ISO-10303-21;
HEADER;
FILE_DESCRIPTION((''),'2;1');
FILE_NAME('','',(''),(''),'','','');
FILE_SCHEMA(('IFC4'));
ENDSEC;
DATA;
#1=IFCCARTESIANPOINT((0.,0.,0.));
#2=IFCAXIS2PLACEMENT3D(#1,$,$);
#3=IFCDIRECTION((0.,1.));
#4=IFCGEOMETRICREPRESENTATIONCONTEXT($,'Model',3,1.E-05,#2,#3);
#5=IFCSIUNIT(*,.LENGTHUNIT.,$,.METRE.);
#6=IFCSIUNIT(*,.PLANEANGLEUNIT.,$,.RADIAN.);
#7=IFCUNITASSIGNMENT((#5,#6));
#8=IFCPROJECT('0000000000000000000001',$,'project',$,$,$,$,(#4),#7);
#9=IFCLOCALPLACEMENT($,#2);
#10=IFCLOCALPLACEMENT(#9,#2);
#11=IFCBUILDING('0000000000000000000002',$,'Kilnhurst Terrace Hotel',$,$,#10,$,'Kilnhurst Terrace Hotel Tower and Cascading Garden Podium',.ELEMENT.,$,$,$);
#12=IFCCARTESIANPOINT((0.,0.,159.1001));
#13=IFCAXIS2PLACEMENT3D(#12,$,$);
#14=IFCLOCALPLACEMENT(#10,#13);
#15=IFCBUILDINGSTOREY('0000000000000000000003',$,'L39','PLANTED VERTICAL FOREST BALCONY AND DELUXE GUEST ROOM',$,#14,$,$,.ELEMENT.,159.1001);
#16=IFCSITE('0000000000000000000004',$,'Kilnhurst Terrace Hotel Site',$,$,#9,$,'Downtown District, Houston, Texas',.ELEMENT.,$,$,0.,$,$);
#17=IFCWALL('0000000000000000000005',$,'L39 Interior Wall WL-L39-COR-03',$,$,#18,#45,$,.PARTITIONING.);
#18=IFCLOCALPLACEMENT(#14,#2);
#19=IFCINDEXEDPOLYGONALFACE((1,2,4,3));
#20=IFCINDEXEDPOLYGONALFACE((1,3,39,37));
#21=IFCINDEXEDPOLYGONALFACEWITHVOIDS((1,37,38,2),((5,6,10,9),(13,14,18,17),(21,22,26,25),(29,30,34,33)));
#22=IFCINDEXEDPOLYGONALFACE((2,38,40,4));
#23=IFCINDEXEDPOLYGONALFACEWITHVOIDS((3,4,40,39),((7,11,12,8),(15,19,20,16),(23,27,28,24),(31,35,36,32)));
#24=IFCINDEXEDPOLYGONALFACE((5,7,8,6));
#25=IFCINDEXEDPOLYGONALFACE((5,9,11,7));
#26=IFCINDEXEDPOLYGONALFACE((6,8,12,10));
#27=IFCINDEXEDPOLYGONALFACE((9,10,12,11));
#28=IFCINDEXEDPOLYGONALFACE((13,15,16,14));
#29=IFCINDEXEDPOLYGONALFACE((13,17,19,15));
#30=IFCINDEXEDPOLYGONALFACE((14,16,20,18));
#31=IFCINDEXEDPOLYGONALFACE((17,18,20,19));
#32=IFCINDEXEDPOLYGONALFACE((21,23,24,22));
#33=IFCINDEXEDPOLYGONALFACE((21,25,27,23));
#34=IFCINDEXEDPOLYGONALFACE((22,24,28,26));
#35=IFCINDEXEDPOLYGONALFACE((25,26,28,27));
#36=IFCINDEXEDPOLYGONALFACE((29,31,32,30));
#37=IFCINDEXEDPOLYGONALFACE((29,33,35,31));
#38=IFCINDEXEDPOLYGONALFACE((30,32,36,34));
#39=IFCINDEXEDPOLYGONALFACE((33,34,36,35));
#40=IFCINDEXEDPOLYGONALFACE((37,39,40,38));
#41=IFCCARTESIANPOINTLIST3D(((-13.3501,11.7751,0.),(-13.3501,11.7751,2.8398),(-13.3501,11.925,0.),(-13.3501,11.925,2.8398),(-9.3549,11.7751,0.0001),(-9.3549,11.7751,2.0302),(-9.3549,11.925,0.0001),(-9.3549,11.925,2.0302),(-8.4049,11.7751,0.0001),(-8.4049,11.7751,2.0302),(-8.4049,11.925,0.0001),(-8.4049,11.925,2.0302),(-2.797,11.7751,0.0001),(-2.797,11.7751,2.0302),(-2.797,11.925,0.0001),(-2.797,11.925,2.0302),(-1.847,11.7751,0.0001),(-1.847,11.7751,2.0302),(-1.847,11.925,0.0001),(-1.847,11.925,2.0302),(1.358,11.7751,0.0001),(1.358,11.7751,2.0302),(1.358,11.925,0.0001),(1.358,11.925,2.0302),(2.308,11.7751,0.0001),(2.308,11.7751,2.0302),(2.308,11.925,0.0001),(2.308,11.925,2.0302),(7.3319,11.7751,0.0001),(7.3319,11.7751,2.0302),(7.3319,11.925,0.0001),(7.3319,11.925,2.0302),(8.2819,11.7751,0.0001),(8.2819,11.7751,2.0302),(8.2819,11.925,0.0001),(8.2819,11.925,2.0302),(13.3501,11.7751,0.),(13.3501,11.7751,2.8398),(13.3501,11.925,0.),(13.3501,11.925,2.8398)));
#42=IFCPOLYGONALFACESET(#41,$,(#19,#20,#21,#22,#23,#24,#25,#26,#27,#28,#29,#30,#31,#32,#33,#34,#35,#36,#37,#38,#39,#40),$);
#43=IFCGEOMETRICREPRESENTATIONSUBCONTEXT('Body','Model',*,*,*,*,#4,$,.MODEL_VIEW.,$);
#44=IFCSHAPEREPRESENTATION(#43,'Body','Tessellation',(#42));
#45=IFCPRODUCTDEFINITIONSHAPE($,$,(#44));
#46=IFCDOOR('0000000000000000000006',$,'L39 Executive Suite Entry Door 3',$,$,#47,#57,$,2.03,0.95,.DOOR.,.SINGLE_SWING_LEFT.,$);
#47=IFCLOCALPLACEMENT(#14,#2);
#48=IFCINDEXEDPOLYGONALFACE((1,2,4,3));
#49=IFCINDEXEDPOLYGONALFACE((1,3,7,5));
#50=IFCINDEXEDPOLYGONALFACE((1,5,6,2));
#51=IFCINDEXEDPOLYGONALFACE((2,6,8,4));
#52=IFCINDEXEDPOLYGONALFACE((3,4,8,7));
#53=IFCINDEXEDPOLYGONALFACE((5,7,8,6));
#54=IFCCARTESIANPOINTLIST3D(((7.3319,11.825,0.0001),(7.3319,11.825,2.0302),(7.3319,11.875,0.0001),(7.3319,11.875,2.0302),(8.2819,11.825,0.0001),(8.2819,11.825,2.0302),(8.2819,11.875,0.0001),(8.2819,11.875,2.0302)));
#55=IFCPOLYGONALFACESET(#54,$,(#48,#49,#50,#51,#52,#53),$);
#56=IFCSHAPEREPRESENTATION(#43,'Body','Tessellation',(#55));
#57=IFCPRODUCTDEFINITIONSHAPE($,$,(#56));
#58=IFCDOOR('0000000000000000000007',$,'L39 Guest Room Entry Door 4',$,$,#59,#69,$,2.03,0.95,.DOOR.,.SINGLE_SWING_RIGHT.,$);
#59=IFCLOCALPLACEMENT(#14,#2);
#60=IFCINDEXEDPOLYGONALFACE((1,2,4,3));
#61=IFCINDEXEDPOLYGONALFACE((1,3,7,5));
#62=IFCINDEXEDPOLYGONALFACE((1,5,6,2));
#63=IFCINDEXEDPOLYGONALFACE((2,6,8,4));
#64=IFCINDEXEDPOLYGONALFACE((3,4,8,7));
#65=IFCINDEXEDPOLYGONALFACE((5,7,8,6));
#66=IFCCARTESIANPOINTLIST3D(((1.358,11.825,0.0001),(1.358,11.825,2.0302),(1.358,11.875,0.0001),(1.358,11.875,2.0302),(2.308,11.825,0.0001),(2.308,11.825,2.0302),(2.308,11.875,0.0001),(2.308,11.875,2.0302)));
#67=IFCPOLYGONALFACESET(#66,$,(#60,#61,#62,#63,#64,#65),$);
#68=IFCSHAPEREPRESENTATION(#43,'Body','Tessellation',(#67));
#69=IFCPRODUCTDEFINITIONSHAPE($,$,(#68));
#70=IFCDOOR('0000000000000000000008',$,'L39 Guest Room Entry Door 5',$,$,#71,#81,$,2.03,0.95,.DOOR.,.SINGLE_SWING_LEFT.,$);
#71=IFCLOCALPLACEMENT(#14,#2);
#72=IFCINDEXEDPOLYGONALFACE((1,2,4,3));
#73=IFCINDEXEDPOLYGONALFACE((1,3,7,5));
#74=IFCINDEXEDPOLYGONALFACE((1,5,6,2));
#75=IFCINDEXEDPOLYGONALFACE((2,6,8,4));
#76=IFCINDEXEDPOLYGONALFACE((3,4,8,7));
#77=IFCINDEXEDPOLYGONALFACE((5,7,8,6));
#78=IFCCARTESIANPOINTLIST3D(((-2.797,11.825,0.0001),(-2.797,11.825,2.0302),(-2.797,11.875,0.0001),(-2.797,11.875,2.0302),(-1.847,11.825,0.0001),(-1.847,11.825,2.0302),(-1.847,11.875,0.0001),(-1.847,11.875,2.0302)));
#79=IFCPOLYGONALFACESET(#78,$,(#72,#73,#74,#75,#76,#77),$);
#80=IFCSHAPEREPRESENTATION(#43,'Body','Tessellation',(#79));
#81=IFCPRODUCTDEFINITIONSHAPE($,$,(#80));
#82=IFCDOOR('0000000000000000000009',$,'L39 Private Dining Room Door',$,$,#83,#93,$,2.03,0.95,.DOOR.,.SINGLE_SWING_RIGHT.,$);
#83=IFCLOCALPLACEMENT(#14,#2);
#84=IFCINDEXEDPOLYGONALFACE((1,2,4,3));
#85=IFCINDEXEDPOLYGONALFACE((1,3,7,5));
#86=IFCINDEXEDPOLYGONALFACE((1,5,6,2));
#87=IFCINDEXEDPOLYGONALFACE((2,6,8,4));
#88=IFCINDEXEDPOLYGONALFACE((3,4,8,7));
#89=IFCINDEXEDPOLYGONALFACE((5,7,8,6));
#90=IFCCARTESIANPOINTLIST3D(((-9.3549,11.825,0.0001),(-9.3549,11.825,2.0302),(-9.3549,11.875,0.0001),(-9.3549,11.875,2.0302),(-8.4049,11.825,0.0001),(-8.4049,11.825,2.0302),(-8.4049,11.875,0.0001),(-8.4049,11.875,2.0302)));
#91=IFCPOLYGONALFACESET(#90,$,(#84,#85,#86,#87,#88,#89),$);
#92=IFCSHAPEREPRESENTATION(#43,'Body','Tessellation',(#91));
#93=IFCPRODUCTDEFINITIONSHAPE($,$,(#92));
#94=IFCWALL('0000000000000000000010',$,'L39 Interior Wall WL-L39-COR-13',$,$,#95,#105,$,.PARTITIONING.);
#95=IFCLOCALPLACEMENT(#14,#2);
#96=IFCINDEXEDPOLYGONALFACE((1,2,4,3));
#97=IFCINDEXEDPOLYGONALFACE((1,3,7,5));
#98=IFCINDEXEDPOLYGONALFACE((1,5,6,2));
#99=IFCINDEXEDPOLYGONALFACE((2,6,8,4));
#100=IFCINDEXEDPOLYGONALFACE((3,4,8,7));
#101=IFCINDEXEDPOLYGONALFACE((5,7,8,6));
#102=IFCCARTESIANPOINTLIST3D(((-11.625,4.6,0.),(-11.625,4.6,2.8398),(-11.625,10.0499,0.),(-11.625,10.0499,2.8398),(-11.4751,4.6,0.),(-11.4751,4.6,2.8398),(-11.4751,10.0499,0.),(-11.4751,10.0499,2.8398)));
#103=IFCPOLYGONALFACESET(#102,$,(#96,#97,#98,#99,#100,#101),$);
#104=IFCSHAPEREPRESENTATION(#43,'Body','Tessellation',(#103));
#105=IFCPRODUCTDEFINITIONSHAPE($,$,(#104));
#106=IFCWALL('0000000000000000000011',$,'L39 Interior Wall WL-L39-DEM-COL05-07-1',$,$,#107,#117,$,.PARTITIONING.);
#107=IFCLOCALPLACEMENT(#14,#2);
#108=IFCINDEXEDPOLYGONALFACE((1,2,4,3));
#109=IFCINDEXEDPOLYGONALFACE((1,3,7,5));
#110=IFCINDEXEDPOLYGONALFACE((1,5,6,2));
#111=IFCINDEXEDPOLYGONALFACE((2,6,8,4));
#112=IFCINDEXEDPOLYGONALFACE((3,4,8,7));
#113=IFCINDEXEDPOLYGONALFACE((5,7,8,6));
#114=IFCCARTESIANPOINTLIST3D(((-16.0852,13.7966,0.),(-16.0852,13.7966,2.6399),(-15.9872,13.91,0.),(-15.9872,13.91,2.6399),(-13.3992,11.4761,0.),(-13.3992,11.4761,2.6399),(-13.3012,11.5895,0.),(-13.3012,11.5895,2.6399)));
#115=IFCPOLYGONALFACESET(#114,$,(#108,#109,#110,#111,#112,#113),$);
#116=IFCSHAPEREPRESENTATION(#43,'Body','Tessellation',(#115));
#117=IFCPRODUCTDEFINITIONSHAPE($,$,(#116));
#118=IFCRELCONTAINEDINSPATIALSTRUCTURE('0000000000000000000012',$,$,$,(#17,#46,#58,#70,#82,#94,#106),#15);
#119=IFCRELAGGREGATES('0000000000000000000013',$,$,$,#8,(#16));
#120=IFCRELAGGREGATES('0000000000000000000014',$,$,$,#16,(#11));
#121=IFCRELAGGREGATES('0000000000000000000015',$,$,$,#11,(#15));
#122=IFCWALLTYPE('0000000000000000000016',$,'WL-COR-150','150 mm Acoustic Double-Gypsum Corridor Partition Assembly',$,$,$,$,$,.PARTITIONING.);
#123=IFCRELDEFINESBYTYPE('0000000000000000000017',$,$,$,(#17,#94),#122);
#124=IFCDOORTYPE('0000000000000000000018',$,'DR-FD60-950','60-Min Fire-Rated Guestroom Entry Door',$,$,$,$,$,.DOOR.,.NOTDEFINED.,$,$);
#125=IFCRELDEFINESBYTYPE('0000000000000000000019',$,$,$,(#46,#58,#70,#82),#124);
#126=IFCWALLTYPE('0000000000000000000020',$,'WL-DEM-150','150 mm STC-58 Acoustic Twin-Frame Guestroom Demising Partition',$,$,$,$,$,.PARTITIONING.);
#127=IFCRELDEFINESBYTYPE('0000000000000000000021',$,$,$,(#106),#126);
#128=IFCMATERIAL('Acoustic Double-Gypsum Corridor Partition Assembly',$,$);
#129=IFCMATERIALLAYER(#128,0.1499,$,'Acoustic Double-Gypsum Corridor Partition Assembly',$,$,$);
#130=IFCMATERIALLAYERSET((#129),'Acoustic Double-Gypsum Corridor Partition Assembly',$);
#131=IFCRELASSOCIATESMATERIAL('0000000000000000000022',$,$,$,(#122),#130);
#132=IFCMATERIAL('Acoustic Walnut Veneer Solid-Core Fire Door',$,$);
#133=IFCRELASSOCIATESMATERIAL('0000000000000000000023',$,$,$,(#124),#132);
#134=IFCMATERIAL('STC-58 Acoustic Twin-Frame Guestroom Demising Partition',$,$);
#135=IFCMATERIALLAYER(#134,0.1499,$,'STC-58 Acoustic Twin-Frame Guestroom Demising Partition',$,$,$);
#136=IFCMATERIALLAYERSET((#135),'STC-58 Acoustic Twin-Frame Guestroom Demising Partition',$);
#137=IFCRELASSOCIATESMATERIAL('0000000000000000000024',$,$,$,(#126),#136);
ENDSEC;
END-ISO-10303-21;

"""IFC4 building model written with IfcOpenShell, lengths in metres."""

from ifc_helpers import new_model, si_unit, direction, frame, frame_2d, origin, place, context, subcontext, project, spatial, rectangle, extrude, material, layer, layer_set, type_object, element, fill, save


model = new_model("IFC4")

# Units and contexts
model_context = context("Model", 3, precision=1e-05, world=origin(), true_north=direction((0.0, 1.0)))
body_context = subcontext(model_context, "Body", "Model", "MODEL_VIEW")
ifc_project = project(units=[si_unit("LENGTHUNIT", "METRE"), si_unit("PLANEANGLEUNIT", "RADIAN")], contexts=[model_context])

# Site, building, storey
site_placement = place(None, origin())
site = spatial("IfcSite", under=ifc_project, at=site_placement, Name="Kilnhurst Terrace Hotel Site", LongName="Downtown District, Houston, Texas", CompositionType="ELEMENT", RefElevation=0.0)
building_placement = place(site_placement, origin())
building = spatial("IfcBuilding", under=site, at=building_placement, Name="Kilnhurst Terrace Hotel", LongName="Kilnhurst Terrace Hotel Tower and Cascading Garden Podium", CompositionType="ELEMENT")
storey_placement = place(building_placement, frame((0.0, 0.0, 159.1001)))
storey = spatial("IfcBuildingStorey", under=building, at=storey_placement, Name="L39", Description="PLANTED VERTICAL FOREST BALCONY AND DELUXE GUEST ROOM", CompositionType="ELEMENT", Elevation=159.1001)

# Wall, openings, doors
ifc_material_1 = material(Name="Acoustic Double-Gypsum Corridor Partition Assembly")
ifc_layer_1 = layer(ifc_material_1, 0.1499, Name="Acoustic Double-Gypsum Corridor Partition Assembly")
ifc_layer_set_1 = layer_set([ifc_layer_1], Name="Acoustic Double-Gypsum Corridor Partition Assembly")
wall_type_1 = type_object("IfcWallType", Name="WL-COR-150", Description="150 mm Acoustic Double-Gypsum Corridor Partition Assembly", PredefinedType="PARTITIONING", material=ifc_layer_set_1)
wall_1_placement = place(storey_placement, frame((-13.3501, 11.8501, 0.0), z_axis=(0.0, 0.0, 1.0), x_axis=(1.0, 0.0, 0.0)))
wall_1 = element("IfcWall", 1, at=wall_1_placement, inside=storey, type_object=wall_type_1, Name="L39 Interior Wall WL-L39-COR-03", PredefinedType="PARTITIONING", context=body_context, shape_type="SweptSolid", body=[
    extrude(rectangle(XDim=26.7002, YDim=0.1499, at=frame_2d((13.3501, 0.0))), origin(), (0.0, 0.0, 1.0), 2.8398),
])
opening_1_placement = place(wall_1_placement, frame((20.6819, 0.0, 0.0)))
opening_1 = element("IfcOpeningElement", 2, at=opening_1_placement, cuts=wall_1, PredefinedType="OPENING", context=body_context, shape_type="SweptSolid", body=[
    extrude(rectangle(XDim=0.95, YDim=2.03, at=frame_2d((0.4751, 1.0151))), frame((0.0, 0.085, 0.0), z_axis=(0.0, -1.0, 0.0), x_axis=(1.0, 0.0, 0.0)), (0.0, 0.0, 1.0), 0.1699),
])
opening_2_placement = place(wall_1_placement, frame((14.708, 0.0, 0.0)))
opening_2 = element("IfcOpeningElement", 3, at=opening_2_placement, cuts=wall_1, PredefinedType="OPENING", context=body_context, shape_type="SweptSolid", body=[
    extrude(rectangle(XDim=0.95, YDim=2.03, at=frame_2d((0.4751, 1.0151))), frame((0.0, 0.085, 0.0), z_axis=(0.0, -1.0, 0.0), x_axis=(1.0, 0.0, 0.0)), (0.0, 0.0, 1.0), 0.1699),
])
opening_3_placement = place(wall_1_placement, frame((10.553, 0.0, 0.0)))
opening_3 = element("IfcOpeningElement", 4, at=opening_3_placement, cuts=wall_1, PredefinedType="OPENING", context=body_context, shape_type="SweptSolid", body=[
    extrude(rectangle(XDim=0.95, YDim=2.03, at=frame_2d((0.4751, 1.0151))), frame((0.0, 0.085, 0.0), z_axis=(0.0, -1.0, 0.0), x_axis=(1.0, 0.0, 0.0)), (0.0, 0.0, 1.0), 0.1699),
])
opening_4_placement = place(wall_1_placement, frame((3.9951, 0.0, 0.0)))
opening_4 = element("IfcOpeningElement", 5, at=opening_4_placement, cuts=wall_1, PredefinedType="OPENING", context=body_context, shape_type="SweptSolid", body=[
    extrude(rectangle(XDim=0.95, YDim=2.03, at=frame_2d((0.4751, 1.0151))), frame((0.0, 0.085, 0.0), z_axis=(0.0, -1.0, 0.0), x_axis=(1.0, 0.0, 0.0)), (0.0, 0.0, 1.0), 0.1699),
])
ifc_material_2 = material(Name="Acoustic Walnut Veneer Solid-Core Fire Door")
door_type_1 = type_object("IfcDoorType", Name="DR-FD60-950", Description="60-Min Fire-Rated Guestroom Entry Door", OperationType="NOTDEFINED", PredefinedType="DOOR", material=ifc_material_2)
door_1_placement = place(opening_1_placement, origin())
door_1 = element("IfcDoor", 6, at=door_1_placement, inside=storey, type_object=door_type_1, Name="L39 Executive Suite Entry Door 3", OperationType="SINGLE_SWING_LEFT", OverallHeight=2.03, OverallWidth=0.95, PredefinedType="DOOR", context=body_context, shape_type="SweptSolid", body=[
    extrude(rectangle(XDim=0.95, YDim=2.03, at=frame_2d((0.4751, 1.0151))), frame((0.0, 0.0249, 0.0), z_axis=(0.0, -1.0, 0.0), x_axis=(1.0, 0.0, 0.0)), (0.0, 0.0, 1.0), 0.05),
])
fill(opening_1, door_1)
door_2_placement = place(opening_2_placement, origin())
door_2 = element("IfcDoor", 7, at=door_2_placement, inside=storey, type_object=door_type_1, Name="L39 Guest Room Entry Door 4", OperationType="SINGLE_SWING_RIGHT", OverallHeight=2.03, OverallWidth=0.95, PredefinedType="DOOR", context=body_context, shape_type="SweptSolid", body=[
    extrude(rectangle(XDim=0.95, YDim=2.03, at=frame_2d((0.4751, 1.0151))), frame((0.0, 0.0249, 0.0), z_axis=(0.0, -1.0, 0.0), x_axis=(1.0, 0.0, 0.0)), (0.0, 0.0, 1.0), 0.05),
])
fill(opening_2, door_2)
door_3_placement = place(opening_3_placement, origin())
door_3 = element("IfcDoor", 8, at=door_3_placement, inside=storey, type_object=door_type_1, Name="L39 Guest Room Entry Door 5", OperationType="SINGLE_SWING_LEFT", OverallHeight=2.03, OverallWidth=0.95, PredefinedType="DOOR", context=body_context, shape_type="SweptSolid", body=[
    extrude(rectangle(XDim=0.95, YDim=2.03, at=frame_2d((0.4751, 1.0151))), frame((0.0, 0.0249, 0.0), z_axis=(0.0, -1.0, 0.0), x_axis=(1.0, 0.0, 0.0)), (0.0, 0.0, 1.0), 0.05),
])
fill(opening_3, door_3)
door_4_placement = place(opening_4_placement, origin())
door_4 = element("IfcDoor", 9, at=door_4_placement, inside=storey, type_object=door_type_1, Name="L39 Private Dining Room Door", OperationType="SINGLE_SWING_RIGHT", OverallHeight=2.03, OverallWidth=0.95, PredefinedType="DOOR", context=body_context, shape_type="SweptSolid", body=[
    extrude(rectangle(XDim=0.95, YDim=2.03, at=frame_2d((0.4751, 1.0151))), frame((0.0, 0.0249, 0.0), z_axis=(0.0, -1.0, 0.0), x_axis=(1.0, 0.0, 0.0)), (0.0, 0.0, 1.0), 0.05),
])
fill(opening_4, door_4)

# Walls
wall_2_placement = place(storey_placement, frame((-11.55, 10.05, 0.0), z_axis=(0.0, 0.0, 1.0), x_axis=(0.0, -1.0, 0.0)))
element("IfcWall", 10, at=wall_2_placement, inside=storey, type_object=wall_type_1, Name="L39 Interior Wall WL-L39-COR-13", PredefinedType="PARTITIONING", context=body_context, shape_type="SweptSolid", body=[
    extrude(rectangle(XDim=5.45, YDim=0.1499, at=frame_2d((2.7251, 0.0))), origin(), (0.0, 0.0, 1.0), 2.8398),
])
ifc_material_3 = material(Name="STC-58 Acoustic Twin-Frame Guestroom Demising Partition")
ifc_layer_2 = layer(ifc_material_3, 0.1499, Name="STC-58 Acoustic Twin-Frame Guestroom Demising Partition")
ifc_layer_set_2 = layer_set([ifc_layer_2], Name="STC-58 Acoustic Twin-Frame Guestroom Demising Partition")
wall_type_2 = type_object("IfcWallType", Name="WL-DEM-150", Description="150 mm STC-58 Acoustic Twin-Frame Guestroom Demising Partition", PredefinedType="PARTITIONING", material=ifc_layer_set_2)
wall_3_placement = place(storey_placement, frame((-13.3501, 11.5327, 0.0), z_axis=(0.0, 0.0, 1.0), x_axis=(-0.756712, 0.653749, 0.0)))
element("IfcWall", 11, at=wall_3_placement, inside=storey, type_object=wall_type_2, Name="L39 Interior Wall WL-L39-DEM-COL05-07-1", PredefinedType="PARTITIONING", context=body_context, shape_type="SweptSolid", body=[
    extrude(rectangle(XDim=3.5496, YDim=0.1499, at=frame_2d((1.7749, 0.0))), origin(), (0.0, 0.0, 1.0), 2.6399),
])

save(model, "model.ifc")
